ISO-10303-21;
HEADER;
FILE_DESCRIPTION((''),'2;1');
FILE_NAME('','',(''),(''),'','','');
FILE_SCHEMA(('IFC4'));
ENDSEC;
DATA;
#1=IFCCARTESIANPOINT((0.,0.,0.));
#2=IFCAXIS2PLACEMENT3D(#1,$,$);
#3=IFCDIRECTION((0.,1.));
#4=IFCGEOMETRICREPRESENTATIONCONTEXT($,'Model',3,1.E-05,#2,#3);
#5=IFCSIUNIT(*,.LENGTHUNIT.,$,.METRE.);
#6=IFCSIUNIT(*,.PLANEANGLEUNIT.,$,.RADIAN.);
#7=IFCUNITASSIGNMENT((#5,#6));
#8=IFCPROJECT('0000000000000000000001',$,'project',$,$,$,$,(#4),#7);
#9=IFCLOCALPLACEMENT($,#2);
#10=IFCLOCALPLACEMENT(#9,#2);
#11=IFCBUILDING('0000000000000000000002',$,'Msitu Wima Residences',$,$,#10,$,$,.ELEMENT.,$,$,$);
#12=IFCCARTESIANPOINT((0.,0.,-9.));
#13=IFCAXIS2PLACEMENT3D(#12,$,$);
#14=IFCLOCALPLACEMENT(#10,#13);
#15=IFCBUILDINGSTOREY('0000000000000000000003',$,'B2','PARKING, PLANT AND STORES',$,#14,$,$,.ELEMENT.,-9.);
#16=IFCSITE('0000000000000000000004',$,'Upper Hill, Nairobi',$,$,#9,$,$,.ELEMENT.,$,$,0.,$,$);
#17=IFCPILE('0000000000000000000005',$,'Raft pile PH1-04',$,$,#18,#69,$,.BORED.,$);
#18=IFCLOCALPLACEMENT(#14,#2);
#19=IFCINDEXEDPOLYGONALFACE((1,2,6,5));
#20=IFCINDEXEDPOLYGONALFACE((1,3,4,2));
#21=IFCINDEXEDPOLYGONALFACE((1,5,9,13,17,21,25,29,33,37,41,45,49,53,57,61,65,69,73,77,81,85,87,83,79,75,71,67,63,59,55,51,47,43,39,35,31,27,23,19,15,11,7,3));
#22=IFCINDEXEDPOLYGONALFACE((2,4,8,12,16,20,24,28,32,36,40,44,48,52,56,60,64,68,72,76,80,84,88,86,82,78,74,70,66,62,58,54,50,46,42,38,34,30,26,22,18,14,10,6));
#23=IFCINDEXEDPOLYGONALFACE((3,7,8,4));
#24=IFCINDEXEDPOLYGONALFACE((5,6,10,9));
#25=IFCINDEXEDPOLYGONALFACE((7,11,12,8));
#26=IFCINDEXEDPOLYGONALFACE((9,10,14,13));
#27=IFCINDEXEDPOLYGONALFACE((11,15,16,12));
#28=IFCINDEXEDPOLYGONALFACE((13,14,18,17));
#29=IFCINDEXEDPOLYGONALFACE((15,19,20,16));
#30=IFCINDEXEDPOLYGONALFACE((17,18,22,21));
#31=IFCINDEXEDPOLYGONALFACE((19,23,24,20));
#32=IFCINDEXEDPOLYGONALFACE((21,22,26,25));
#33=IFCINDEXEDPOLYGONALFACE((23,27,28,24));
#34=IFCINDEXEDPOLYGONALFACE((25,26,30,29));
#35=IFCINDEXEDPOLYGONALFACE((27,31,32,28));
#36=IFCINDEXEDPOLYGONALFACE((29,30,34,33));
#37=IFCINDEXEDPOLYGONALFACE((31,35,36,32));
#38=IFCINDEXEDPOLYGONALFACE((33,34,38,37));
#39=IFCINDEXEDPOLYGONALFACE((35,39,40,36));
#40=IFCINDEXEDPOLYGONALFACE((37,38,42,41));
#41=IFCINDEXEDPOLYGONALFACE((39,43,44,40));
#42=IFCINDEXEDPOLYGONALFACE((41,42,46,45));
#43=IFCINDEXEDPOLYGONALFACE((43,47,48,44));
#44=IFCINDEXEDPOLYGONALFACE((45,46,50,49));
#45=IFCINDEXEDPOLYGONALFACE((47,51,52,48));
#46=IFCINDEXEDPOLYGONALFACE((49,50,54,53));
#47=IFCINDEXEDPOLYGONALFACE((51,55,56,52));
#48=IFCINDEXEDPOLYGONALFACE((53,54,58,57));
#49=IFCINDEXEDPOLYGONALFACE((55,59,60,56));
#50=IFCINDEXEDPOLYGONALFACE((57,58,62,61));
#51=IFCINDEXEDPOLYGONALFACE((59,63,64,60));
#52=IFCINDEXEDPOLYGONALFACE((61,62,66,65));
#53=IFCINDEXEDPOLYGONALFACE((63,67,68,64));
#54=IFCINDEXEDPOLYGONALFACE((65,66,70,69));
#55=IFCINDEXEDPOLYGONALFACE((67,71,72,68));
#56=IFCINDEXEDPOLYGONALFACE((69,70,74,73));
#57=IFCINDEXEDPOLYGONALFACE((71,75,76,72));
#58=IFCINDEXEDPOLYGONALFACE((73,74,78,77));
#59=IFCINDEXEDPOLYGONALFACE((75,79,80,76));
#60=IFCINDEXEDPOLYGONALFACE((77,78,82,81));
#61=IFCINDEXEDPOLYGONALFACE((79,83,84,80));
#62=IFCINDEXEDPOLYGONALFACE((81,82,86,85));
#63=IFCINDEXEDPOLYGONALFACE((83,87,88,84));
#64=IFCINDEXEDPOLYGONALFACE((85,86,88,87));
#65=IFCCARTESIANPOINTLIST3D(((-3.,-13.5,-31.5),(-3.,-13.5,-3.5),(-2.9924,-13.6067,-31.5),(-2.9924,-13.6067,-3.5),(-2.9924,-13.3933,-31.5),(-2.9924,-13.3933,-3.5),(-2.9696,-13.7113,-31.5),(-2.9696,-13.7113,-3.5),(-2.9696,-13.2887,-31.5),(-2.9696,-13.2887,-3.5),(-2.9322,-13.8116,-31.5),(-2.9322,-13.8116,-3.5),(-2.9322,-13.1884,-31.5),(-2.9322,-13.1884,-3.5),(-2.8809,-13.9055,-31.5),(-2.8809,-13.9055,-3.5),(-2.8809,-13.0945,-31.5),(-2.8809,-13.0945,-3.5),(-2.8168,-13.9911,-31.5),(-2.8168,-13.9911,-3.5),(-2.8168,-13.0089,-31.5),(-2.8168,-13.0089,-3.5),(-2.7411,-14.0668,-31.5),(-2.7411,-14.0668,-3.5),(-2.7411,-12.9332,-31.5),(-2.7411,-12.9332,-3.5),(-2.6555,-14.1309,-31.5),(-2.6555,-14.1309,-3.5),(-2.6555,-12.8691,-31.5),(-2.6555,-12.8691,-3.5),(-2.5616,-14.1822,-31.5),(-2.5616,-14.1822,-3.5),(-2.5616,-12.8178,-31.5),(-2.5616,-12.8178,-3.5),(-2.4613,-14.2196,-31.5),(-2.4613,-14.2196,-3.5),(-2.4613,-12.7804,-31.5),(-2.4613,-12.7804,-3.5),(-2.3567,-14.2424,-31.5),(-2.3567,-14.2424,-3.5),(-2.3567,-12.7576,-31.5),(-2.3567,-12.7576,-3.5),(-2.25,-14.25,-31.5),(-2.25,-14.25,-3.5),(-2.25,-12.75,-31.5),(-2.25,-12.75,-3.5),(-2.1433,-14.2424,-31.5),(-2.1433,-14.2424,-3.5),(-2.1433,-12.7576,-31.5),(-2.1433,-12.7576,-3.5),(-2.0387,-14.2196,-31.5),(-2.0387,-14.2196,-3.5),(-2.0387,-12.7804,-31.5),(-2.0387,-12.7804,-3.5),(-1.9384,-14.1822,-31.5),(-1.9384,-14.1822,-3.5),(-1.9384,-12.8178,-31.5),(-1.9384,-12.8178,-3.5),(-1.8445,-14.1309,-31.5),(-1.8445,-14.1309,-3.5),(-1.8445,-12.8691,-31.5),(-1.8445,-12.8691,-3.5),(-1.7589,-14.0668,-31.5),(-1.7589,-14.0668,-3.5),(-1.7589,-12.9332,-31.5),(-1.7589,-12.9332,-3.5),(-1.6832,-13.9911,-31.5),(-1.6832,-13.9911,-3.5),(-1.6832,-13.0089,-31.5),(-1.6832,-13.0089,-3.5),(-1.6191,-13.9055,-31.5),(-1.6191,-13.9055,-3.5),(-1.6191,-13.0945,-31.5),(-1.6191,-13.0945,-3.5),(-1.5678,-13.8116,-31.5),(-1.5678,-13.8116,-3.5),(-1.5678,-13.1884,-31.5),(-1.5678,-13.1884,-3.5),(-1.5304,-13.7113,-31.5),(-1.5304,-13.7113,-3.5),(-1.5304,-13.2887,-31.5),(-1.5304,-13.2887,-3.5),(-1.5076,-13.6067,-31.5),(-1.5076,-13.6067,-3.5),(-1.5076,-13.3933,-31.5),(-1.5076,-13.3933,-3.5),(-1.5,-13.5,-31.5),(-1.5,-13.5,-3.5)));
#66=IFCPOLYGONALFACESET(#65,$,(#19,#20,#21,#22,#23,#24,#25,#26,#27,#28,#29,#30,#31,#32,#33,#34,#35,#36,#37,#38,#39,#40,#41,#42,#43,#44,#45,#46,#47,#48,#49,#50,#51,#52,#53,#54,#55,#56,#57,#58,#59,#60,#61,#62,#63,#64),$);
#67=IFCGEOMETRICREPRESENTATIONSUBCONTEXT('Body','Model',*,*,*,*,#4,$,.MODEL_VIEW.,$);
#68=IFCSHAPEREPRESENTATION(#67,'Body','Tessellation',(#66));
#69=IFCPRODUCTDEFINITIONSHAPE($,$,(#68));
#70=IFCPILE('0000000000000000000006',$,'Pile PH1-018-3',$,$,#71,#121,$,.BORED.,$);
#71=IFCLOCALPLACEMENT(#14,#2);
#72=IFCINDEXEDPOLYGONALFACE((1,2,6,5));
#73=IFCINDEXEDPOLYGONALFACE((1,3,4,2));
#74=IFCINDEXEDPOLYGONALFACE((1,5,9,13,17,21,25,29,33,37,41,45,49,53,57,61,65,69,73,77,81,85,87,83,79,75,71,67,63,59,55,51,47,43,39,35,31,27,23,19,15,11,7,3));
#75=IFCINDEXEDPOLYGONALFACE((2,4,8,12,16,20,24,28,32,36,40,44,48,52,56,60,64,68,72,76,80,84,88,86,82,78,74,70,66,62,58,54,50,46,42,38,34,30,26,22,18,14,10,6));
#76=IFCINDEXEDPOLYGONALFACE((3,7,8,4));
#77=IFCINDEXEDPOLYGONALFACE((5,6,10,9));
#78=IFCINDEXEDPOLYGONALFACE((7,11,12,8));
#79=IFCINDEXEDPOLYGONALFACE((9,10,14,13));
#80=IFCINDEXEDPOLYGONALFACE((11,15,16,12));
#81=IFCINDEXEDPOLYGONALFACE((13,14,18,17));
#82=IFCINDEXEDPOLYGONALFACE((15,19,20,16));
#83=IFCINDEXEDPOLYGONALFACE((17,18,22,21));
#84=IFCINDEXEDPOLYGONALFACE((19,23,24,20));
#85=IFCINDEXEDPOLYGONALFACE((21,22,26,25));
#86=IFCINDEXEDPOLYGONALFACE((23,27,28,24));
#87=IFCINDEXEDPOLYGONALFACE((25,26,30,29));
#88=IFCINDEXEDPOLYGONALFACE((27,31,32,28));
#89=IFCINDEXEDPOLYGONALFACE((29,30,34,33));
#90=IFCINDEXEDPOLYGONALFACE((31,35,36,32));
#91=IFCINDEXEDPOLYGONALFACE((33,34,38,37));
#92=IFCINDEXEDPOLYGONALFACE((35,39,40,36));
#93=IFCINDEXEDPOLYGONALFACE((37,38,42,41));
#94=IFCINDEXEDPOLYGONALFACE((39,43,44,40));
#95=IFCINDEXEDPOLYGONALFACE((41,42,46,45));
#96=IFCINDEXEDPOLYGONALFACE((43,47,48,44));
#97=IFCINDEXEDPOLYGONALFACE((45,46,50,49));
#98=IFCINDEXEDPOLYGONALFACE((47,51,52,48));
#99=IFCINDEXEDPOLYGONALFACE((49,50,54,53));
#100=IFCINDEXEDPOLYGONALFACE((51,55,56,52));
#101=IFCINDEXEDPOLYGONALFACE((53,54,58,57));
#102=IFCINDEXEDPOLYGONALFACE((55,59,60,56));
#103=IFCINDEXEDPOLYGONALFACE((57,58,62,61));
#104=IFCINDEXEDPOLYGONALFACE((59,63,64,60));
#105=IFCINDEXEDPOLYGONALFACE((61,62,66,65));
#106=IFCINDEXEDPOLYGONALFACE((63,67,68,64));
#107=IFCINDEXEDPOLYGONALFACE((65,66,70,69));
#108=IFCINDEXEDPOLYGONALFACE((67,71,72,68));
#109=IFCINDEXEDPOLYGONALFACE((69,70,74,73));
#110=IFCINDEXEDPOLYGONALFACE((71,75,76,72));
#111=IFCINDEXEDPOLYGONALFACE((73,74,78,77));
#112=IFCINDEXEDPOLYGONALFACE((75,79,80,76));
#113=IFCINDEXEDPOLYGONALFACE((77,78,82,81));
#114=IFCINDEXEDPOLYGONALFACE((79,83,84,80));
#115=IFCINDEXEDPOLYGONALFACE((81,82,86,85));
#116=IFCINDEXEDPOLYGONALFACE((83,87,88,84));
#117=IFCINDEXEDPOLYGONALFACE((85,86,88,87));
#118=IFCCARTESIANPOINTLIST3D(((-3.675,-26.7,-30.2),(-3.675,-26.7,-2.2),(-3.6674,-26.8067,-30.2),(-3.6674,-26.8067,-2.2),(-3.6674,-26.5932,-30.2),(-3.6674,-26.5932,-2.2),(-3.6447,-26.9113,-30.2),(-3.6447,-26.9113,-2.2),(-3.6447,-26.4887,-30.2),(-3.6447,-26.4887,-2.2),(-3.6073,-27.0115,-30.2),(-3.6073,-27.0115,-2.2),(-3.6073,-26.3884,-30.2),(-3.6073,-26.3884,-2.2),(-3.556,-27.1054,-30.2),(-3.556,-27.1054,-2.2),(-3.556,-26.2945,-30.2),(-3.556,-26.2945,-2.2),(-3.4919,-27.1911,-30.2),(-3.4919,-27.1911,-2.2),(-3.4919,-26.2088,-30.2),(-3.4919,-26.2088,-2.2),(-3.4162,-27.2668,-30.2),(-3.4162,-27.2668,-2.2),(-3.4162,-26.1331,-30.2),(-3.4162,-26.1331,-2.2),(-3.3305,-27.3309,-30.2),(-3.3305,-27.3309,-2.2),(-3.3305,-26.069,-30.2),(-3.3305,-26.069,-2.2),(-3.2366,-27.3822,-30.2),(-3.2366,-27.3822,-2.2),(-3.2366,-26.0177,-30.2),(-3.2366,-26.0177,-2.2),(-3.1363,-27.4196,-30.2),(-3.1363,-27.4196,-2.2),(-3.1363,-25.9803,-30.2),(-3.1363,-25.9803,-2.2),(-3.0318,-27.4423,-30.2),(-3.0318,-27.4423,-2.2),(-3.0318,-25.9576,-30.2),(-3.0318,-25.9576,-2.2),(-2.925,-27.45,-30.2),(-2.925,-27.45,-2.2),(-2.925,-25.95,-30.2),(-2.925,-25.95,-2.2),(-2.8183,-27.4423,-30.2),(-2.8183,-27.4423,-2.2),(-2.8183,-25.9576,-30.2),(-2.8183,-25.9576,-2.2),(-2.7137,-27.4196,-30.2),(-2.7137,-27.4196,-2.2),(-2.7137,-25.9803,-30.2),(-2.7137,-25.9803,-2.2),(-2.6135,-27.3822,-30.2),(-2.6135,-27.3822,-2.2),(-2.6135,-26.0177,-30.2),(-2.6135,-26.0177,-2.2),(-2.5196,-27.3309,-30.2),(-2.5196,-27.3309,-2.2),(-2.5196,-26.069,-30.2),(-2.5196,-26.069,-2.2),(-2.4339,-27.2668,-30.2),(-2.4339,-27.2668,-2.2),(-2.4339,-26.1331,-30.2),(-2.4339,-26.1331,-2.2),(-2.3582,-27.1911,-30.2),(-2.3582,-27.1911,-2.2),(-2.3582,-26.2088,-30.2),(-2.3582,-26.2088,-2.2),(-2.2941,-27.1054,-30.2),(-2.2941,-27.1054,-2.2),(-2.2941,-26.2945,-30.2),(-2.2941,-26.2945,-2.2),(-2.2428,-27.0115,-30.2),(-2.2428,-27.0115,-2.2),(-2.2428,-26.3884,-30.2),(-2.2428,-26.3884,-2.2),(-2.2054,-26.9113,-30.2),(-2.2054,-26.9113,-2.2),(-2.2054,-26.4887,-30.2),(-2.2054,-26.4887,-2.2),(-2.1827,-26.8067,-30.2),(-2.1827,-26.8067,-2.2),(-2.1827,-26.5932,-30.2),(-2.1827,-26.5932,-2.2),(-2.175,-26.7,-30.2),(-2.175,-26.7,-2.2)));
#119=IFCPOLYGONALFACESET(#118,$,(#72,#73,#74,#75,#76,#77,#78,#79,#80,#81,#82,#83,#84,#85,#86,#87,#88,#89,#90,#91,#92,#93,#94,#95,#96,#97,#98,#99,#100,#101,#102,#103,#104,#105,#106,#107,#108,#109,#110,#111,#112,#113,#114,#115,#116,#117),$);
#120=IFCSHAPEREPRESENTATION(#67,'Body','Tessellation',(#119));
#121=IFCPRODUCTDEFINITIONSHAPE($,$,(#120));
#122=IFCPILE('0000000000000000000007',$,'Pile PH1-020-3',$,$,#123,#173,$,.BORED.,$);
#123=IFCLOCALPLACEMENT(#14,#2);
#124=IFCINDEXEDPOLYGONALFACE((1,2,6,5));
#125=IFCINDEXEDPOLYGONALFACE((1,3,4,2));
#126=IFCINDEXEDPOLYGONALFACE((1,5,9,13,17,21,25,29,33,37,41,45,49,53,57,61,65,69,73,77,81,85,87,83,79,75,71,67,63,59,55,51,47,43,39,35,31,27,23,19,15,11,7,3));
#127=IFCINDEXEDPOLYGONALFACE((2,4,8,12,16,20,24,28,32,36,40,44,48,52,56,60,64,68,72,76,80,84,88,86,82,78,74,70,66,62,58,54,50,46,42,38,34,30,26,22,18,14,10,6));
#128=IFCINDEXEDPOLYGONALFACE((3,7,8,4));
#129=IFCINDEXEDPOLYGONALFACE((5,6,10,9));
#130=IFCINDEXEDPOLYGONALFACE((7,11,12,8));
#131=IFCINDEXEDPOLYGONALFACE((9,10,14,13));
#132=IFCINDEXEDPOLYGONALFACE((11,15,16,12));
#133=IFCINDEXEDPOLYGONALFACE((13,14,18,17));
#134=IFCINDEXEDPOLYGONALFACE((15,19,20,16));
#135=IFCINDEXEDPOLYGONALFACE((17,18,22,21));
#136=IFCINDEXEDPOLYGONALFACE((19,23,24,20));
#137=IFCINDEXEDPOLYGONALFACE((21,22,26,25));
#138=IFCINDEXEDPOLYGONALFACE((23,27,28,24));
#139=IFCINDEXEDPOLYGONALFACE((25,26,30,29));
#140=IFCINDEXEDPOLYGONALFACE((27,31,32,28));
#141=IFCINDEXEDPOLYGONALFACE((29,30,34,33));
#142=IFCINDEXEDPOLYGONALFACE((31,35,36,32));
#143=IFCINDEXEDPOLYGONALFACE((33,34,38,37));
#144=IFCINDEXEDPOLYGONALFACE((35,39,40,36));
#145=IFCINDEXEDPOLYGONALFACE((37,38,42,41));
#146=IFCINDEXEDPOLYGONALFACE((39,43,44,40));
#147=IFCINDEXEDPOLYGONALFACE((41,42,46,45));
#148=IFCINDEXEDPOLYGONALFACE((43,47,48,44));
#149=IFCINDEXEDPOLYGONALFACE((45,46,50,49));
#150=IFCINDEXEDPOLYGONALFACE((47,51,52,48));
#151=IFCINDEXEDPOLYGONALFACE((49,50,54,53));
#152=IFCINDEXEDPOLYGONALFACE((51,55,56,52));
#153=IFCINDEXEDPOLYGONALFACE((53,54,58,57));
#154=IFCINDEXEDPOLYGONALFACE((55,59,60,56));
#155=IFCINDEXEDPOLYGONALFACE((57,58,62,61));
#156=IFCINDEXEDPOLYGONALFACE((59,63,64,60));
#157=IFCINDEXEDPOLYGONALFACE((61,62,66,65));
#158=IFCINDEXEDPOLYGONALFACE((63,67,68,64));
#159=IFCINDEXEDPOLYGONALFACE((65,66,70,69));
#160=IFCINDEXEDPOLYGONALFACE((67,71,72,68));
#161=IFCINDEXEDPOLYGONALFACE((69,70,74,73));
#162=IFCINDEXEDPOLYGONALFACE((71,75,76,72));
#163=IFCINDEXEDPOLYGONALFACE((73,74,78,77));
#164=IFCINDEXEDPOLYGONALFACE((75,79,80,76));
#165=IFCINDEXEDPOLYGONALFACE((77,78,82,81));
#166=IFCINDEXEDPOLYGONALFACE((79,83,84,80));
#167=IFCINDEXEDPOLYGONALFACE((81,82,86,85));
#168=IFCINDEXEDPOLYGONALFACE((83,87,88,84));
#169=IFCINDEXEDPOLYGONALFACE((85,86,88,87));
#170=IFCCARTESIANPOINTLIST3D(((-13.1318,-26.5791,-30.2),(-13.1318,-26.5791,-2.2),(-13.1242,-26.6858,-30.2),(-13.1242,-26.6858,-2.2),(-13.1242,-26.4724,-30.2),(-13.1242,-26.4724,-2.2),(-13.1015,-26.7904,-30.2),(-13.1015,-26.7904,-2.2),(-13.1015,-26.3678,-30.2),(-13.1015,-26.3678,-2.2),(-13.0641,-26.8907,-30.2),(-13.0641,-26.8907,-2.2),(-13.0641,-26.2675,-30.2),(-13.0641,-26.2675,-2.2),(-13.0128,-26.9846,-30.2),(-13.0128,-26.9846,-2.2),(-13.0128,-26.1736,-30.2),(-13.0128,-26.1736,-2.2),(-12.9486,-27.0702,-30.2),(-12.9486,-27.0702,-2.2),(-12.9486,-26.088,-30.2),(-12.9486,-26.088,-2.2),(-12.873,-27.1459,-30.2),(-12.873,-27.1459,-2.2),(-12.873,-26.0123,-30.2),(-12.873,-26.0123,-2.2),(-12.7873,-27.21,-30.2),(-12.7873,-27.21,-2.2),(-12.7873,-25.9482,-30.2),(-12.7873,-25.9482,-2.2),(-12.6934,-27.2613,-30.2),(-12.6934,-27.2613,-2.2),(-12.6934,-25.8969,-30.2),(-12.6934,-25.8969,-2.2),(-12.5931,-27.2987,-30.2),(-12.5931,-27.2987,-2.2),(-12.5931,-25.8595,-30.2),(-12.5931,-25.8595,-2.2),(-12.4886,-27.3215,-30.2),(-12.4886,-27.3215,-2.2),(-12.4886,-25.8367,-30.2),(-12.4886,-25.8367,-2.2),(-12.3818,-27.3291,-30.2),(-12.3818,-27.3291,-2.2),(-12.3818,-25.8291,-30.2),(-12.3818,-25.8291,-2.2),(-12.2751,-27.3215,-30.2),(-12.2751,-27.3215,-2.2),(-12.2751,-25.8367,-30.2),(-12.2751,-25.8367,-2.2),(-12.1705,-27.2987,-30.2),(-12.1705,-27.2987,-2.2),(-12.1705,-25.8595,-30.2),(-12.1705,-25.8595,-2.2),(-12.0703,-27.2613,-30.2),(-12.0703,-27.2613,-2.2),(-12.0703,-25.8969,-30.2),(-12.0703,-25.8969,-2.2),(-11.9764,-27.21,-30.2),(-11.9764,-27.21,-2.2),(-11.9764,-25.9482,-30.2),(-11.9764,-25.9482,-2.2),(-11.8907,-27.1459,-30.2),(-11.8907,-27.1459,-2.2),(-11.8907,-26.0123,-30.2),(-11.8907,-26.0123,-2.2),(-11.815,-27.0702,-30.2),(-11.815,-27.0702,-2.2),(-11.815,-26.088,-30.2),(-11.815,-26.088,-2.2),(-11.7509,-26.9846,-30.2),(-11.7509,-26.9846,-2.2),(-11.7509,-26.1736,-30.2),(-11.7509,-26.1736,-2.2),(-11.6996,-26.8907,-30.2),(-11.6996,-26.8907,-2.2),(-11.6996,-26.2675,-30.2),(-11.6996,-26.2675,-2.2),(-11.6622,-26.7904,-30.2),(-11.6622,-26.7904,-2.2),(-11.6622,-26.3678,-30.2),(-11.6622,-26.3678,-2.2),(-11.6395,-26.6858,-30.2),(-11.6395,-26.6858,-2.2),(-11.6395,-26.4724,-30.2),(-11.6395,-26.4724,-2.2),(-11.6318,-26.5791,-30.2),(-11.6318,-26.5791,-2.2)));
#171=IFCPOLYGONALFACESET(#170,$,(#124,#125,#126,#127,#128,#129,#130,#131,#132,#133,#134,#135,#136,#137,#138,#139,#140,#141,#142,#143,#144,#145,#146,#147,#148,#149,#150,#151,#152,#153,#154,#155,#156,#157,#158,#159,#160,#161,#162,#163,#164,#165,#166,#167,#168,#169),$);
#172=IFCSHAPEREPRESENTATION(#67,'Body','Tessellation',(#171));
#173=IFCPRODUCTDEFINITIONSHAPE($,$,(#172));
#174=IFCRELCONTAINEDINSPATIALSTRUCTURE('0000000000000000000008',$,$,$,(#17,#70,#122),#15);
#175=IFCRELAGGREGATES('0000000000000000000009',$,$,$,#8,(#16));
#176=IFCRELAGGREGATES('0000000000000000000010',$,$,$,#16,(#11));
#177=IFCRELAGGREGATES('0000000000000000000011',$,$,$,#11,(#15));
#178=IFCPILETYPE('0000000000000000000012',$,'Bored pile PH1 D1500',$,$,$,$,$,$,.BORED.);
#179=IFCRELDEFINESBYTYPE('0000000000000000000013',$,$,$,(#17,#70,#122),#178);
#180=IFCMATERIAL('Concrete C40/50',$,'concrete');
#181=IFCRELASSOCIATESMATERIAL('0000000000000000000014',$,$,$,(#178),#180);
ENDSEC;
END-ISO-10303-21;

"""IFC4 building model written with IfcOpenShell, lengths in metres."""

from ifc_helpers import new_model, si_unit, direction, frame, origin, origin_2d, place, context, subcontext, project, spatial, circle, extrude, material, type_object, element, save


model = new_model("IFC4")

# Units and contexts
model_context = context("Model", 3, precision=1e-05, world=origin(), true_north=direction((0.0, 1.0)))
body_context = subcontext(model_context, "Body", "Model", "MODEL_VIEW")
ifc_project = project(units=[si_unit("LENGTHUNIT", "METRE"), si_unit("PLANEANGLEUNIT", "RADIAN")], contexts=[model_context])

# Site, building, storey
site_placement = place(None, origin())
site = spatial("IfcSite", under=ifc_project, at=site_placement, Name="Upper Hill, Nairobi", CompositionType="ELEMENT", RefElevation=0.0)
building_placement = place(site_placement, origin())
building = spatial("IfcBuilding", under=site, at=building_placement, Name="Msitu Wima Residences", CompositionType="ELEMENT")
storey_placement = place(building_placement, frame((0.0, 0.0, -9.0)))
storey = spatial("IfcBuildingStorey", under=building, at=storey_placement, Name="B2", Description="PARKING, PLANT AND STORES", CompositionType="ELEMENT", Elevation=-9.0)

# Piles
ifc_material_1 = material(Name="Concrete C40/50", Category="concrete")
pile_type = type_object("IfcPileType", Name="Bored pile PH1 D1500", PredefinedType="BORED", material=ifc_material_1)
for number, where, z_axis, x_axis, name in (
    (1, (-2.25, -13.5, -3.5), (0.0, 0.0, -1.0), (1.0, 0.0, 0.0), "Raft pile PH1-04"),
    (2, (-2.925, -26.7, -2.2), (0.0, 0.0, -1.0), (1.0, 0.0, 0.0), "Pile PH1-018-3"),
    (3, (-12.3818, -26.5791, -2.2), (0.0, 0.0, -1.0), (1.0, 0.0, 0.0), "Pile PH1-020-3"),
):
    element("IfcPile", number, at=place(storey_placement, frame(where, z_axis=z_axis, x_axis=x_axis)), inside=storey, type_object=pile_type, Name=name, PredefinedType="BORED", context=body_context, shape_type="SweptSolid", body=[
        extrude(circle(Radius=0.75, at=origin_2d()), origin(), (0.0, 0.0, 1.0), 28.0),
    ])

save(model, "model.ifc")
